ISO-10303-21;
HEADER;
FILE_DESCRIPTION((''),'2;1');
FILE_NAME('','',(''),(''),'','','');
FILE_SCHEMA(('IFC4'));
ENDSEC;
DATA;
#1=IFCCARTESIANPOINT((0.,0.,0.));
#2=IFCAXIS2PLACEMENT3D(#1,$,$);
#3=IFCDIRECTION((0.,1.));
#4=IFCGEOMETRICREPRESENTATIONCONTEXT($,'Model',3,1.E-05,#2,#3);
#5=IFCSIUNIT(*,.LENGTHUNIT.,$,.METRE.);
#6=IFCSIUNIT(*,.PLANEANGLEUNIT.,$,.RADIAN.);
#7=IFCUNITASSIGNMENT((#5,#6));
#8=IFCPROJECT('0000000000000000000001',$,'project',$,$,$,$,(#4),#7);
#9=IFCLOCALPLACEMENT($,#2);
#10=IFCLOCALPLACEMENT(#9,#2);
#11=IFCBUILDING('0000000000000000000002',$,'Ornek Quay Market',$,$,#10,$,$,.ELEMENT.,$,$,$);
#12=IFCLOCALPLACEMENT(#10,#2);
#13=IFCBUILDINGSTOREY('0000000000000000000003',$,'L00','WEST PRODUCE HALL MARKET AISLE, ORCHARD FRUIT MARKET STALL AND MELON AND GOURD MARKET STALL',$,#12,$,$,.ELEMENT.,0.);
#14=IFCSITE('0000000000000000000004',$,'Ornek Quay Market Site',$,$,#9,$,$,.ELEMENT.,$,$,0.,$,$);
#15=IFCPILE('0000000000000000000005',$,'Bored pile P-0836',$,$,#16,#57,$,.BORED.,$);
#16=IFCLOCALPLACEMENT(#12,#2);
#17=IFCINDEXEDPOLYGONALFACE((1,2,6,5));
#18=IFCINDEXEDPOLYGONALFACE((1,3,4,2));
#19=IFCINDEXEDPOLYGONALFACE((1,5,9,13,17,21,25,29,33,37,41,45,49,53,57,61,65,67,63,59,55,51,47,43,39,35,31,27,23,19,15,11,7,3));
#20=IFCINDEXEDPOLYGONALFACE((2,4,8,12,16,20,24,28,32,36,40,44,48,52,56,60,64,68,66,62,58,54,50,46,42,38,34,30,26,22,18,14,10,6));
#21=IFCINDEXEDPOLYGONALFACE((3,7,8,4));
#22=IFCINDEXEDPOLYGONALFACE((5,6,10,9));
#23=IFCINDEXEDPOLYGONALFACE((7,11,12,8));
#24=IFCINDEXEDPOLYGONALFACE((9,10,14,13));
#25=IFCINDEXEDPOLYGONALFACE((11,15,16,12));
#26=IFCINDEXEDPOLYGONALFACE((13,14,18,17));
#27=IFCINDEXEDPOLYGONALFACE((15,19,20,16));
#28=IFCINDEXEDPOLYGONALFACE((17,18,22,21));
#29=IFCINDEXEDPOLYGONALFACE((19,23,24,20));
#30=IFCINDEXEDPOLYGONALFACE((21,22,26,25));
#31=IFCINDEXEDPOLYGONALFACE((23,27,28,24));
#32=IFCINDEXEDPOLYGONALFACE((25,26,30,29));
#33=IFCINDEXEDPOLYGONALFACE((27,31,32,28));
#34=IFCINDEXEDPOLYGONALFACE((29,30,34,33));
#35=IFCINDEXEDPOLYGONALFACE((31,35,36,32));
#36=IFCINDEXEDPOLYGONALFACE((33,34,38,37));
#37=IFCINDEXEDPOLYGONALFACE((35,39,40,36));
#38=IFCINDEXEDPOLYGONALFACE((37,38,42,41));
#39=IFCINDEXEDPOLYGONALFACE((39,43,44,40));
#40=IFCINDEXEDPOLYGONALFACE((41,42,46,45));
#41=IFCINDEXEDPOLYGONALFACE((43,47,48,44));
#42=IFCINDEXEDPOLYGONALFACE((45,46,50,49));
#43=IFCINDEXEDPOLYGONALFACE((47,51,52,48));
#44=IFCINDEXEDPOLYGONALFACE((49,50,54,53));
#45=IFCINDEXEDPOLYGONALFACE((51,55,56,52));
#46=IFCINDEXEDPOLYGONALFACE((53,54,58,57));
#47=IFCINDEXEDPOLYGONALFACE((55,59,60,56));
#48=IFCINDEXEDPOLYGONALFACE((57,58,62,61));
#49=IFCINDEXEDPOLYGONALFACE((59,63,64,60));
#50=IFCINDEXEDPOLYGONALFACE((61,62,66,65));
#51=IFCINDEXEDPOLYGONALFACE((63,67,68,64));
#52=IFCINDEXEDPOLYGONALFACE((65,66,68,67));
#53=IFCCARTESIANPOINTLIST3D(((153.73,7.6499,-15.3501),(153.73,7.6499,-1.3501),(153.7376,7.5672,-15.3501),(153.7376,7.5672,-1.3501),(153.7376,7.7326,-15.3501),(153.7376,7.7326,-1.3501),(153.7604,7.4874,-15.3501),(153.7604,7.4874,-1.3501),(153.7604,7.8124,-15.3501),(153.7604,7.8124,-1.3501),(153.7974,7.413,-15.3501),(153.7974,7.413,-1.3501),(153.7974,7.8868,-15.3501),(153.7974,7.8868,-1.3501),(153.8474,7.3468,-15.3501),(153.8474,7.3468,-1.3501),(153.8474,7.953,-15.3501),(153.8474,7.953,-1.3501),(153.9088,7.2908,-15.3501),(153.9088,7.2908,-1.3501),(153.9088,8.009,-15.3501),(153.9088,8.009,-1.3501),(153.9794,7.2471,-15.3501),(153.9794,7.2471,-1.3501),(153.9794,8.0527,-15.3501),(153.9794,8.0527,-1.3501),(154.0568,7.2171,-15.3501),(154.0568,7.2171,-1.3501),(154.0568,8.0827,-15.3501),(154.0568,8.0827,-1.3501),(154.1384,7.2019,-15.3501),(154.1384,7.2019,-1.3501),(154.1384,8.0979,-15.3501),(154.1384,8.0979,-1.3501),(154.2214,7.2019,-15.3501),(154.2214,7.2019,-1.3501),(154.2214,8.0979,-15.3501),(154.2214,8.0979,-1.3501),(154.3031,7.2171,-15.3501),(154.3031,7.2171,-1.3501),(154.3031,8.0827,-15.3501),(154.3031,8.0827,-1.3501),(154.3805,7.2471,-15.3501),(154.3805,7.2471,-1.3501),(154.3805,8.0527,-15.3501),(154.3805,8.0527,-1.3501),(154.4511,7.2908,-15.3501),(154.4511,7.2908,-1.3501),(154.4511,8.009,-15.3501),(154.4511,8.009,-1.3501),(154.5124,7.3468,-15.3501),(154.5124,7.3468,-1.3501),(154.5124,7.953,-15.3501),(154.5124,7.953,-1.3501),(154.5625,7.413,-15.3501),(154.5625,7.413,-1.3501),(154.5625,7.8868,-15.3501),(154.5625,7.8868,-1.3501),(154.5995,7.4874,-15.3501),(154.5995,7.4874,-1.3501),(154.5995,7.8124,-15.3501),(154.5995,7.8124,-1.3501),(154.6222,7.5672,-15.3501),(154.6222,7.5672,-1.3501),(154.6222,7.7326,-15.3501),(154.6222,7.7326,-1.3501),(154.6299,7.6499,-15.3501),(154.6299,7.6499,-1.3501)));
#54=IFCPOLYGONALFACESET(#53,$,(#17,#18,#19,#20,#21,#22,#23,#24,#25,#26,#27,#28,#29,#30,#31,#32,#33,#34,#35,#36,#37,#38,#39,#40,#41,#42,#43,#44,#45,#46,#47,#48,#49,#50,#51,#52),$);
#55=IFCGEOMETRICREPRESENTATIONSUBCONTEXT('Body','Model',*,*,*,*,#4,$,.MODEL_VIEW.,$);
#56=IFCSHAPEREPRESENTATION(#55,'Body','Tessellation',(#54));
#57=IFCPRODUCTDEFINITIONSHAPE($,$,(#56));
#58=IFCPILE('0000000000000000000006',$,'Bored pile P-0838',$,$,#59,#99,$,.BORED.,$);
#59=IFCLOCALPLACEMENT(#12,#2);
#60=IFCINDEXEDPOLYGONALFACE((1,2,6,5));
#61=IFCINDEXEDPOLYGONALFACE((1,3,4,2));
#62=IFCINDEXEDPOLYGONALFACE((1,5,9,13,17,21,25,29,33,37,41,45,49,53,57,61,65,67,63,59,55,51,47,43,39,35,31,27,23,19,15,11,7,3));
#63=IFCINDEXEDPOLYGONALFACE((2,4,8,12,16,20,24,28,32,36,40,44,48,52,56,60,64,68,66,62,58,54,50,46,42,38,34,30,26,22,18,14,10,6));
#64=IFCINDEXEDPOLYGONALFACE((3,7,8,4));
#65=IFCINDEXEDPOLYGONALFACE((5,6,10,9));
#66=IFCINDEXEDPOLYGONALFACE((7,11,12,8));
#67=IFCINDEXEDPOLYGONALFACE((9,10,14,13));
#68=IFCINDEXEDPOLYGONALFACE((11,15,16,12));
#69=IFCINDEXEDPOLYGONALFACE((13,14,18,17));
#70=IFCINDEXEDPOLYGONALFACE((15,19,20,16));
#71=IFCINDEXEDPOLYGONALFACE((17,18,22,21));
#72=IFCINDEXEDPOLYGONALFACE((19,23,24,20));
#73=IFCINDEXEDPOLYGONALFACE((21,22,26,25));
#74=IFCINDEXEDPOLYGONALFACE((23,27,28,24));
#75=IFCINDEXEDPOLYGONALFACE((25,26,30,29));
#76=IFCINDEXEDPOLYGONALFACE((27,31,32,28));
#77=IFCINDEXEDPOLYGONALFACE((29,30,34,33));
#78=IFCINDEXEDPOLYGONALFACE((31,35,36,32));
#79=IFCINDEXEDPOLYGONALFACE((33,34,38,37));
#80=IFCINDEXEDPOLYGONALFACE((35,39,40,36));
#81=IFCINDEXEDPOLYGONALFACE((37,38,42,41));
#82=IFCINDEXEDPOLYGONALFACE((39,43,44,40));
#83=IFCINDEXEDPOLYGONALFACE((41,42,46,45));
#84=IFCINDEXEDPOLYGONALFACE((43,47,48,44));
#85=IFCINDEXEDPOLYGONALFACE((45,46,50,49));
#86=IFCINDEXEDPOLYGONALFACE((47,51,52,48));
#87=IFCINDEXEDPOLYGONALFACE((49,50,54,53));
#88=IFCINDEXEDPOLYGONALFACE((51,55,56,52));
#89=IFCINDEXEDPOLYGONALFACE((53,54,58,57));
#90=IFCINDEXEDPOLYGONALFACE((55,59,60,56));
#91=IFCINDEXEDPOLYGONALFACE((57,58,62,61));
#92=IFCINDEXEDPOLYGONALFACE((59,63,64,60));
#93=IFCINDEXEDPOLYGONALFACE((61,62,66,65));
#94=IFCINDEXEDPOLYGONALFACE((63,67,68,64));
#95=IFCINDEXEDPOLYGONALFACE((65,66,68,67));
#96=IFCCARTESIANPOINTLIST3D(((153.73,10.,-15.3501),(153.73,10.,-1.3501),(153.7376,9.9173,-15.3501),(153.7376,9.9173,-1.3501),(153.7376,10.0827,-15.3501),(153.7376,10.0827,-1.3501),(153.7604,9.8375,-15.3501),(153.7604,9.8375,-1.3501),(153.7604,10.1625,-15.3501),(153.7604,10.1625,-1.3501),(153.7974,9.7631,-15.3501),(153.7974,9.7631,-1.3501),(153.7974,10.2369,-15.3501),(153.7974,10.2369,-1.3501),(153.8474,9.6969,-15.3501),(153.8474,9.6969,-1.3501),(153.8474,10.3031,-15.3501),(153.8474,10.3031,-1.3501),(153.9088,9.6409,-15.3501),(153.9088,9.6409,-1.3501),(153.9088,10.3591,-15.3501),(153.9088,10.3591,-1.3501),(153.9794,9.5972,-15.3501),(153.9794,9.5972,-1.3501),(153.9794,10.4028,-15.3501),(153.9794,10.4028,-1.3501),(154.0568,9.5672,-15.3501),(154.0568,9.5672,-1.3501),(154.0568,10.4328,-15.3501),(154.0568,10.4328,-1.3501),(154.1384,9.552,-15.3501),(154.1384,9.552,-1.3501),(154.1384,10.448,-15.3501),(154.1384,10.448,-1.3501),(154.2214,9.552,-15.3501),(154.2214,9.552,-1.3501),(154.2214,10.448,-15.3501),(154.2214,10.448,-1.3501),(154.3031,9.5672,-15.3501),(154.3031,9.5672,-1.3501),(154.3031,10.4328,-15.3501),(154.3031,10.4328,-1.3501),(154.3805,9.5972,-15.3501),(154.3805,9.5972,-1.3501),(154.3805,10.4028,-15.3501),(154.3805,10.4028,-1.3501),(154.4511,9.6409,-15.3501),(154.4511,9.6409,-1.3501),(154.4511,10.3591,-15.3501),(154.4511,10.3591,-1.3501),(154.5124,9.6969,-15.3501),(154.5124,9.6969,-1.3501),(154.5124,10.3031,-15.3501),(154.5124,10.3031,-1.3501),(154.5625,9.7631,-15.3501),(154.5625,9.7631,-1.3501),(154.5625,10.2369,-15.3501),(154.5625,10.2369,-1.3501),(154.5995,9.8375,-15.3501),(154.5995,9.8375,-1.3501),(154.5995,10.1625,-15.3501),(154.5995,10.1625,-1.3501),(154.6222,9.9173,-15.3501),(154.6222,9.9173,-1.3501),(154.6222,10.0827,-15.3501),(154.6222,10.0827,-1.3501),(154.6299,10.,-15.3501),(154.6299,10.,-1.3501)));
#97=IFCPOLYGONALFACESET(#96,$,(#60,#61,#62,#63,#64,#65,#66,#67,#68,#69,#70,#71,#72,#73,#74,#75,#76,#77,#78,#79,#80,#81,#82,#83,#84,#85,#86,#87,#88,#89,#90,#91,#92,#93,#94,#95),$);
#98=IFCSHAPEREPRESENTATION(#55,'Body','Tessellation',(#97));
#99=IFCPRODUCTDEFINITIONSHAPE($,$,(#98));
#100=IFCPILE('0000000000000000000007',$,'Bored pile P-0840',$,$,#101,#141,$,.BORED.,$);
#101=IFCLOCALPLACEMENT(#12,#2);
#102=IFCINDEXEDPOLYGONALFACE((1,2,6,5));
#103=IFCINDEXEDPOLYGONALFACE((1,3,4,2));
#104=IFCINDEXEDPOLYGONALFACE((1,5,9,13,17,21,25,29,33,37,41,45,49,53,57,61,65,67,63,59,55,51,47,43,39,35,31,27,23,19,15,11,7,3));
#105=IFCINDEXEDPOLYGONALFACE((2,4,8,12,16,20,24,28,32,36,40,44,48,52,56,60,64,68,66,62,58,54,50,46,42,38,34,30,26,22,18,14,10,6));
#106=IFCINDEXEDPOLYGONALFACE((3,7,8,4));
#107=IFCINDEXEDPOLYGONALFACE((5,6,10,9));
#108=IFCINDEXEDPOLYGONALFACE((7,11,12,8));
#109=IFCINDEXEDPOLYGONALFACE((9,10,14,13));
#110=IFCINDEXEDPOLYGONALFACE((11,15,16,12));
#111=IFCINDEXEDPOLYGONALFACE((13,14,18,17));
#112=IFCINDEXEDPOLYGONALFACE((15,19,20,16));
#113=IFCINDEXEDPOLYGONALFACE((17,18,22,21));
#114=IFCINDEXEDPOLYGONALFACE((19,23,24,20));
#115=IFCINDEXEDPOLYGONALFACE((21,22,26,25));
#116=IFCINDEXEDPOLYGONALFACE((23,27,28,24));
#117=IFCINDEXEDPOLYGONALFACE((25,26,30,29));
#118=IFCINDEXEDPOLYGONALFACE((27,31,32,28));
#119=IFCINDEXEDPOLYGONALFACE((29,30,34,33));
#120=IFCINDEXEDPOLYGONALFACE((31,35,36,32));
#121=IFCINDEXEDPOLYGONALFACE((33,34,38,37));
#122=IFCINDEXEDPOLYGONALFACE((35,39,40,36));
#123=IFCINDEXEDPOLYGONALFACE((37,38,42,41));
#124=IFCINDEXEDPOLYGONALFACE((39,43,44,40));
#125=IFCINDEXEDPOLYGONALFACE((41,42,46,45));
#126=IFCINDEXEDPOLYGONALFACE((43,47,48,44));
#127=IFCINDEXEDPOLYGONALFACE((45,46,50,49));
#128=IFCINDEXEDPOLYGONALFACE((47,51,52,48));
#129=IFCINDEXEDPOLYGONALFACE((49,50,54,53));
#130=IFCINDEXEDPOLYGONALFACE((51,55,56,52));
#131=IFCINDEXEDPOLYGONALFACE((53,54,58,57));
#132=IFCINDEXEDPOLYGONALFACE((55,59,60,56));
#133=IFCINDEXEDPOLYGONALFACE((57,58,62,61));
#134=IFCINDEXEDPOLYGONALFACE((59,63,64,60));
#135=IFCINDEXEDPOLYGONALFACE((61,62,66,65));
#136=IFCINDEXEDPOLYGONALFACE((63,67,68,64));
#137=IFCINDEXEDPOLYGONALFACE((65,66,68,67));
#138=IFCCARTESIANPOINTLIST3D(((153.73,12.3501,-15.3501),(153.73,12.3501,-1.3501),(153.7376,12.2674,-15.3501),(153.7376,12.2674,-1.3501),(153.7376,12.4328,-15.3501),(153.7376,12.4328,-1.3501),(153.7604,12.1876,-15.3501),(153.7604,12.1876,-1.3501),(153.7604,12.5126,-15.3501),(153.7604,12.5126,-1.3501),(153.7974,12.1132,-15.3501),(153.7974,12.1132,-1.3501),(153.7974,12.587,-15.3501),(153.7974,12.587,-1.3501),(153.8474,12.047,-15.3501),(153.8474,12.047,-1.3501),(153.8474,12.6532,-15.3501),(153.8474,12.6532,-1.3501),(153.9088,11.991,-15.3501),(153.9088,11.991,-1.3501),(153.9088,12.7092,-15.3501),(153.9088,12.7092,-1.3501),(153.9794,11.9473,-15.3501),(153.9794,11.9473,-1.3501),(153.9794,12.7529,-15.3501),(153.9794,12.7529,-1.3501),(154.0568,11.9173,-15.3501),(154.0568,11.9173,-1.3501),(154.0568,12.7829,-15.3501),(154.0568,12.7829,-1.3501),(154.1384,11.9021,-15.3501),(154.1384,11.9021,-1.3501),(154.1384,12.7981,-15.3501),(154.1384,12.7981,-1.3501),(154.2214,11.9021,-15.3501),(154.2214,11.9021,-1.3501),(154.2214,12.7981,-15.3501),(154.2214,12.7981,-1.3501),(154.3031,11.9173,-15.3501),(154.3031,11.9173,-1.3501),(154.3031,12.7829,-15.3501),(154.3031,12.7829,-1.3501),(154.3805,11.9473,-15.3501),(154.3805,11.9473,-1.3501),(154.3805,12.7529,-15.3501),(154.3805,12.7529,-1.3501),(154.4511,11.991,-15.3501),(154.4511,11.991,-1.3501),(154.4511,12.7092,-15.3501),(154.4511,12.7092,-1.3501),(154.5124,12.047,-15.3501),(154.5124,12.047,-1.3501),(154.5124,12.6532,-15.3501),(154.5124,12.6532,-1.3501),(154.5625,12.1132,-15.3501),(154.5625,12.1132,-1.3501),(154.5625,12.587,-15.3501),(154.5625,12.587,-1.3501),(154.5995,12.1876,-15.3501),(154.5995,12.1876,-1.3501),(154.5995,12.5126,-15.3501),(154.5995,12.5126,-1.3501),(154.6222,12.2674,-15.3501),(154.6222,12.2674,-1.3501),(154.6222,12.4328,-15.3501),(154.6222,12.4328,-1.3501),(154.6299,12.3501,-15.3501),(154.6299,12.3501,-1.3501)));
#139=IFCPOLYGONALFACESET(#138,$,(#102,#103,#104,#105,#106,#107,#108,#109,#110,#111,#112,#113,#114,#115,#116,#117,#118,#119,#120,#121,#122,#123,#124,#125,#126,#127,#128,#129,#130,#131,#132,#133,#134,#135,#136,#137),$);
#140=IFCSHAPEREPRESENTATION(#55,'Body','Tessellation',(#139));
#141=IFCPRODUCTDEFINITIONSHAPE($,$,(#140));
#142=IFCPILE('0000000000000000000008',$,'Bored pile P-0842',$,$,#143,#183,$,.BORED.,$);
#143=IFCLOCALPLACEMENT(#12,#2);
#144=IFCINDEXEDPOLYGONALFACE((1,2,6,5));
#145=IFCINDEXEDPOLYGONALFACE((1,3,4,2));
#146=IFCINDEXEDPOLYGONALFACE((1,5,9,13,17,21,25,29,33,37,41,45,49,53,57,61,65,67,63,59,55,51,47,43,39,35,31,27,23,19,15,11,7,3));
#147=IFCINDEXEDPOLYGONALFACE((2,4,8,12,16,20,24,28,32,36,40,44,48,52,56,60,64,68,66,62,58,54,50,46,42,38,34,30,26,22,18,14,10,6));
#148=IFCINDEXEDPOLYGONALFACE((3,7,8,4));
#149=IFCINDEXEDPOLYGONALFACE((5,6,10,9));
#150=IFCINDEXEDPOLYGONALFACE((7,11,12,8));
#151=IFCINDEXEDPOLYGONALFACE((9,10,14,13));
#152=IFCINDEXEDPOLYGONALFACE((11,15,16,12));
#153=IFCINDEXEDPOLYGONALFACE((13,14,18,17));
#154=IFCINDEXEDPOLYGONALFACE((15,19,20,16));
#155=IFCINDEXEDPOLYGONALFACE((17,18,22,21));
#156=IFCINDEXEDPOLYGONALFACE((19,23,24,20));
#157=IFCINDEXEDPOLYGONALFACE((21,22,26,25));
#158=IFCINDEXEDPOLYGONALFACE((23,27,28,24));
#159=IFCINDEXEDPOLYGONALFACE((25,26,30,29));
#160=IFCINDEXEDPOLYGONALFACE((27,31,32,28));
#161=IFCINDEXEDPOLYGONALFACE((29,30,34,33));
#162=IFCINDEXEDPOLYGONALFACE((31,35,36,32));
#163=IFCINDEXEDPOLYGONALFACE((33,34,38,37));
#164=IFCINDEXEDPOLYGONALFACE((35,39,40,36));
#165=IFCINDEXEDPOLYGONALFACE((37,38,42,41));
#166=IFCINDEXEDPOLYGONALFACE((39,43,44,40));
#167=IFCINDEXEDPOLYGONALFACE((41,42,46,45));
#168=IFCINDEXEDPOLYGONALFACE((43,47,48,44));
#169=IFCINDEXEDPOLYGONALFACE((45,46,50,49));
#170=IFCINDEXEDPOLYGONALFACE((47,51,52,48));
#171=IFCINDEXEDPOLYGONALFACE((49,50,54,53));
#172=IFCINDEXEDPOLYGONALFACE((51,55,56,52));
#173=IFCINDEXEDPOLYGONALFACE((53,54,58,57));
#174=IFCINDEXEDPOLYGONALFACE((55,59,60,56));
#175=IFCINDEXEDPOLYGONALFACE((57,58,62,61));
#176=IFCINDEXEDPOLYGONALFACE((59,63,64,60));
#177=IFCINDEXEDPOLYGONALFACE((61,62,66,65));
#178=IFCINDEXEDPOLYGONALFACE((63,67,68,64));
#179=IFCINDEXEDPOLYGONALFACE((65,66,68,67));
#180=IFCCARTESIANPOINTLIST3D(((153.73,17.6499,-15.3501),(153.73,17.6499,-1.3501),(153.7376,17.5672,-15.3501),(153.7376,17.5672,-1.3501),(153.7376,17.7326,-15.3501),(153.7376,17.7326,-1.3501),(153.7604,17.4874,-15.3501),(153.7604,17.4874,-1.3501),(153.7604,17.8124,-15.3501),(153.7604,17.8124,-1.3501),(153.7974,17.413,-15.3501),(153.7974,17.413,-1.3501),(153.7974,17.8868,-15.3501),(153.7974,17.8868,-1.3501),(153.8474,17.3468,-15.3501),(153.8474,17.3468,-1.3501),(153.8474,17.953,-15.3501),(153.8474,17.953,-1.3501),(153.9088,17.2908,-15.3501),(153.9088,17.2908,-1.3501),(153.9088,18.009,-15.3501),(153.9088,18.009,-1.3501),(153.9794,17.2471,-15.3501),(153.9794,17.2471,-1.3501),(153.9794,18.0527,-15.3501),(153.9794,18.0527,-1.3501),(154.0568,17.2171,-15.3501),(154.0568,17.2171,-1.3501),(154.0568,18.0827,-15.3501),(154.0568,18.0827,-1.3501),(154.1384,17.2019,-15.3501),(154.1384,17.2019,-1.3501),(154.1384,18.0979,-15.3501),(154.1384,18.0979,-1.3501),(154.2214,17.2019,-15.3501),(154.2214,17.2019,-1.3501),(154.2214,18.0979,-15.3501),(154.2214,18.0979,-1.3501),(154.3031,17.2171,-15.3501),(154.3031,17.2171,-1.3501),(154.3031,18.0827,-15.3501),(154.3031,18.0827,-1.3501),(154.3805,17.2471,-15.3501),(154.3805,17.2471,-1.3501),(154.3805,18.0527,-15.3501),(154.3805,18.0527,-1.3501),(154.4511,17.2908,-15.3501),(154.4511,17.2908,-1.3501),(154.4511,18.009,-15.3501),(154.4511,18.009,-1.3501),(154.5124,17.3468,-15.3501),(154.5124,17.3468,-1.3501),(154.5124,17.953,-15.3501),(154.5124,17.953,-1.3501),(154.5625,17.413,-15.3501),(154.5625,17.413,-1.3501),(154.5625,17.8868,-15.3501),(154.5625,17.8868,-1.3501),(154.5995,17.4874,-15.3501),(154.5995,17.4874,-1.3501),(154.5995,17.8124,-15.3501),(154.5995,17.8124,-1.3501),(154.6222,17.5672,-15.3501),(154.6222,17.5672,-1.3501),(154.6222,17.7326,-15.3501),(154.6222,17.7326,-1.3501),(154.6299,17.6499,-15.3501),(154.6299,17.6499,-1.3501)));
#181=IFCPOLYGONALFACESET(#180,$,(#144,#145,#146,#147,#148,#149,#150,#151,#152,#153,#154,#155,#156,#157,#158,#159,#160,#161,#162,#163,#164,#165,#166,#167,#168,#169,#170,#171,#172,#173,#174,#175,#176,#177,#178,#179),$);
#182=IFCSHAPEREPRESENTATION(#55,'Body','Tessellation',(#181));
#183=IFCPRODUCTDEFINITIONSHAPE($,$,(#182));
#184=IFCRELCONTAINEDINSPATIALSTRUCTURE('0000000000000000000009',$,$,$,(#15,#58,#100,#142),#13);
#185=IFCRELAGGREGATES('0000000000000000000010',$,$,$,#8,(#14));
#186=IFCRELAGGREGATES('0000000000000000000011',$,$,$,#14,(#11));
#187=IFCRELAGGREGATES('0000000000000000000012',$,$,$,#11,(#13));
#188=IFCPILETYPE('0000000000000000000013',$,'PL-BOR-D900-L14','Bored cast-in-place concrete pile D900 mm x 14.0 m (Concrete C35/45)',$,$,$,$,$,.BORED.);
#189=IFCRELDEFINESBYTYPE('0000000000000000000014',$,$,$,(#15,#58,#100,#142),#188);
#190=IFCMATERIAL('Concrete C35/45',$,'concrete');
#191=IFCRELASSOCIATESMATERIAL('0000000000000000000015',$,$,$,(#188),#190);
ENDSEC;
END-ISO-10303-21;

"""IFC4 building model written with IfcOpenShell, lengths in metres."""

from ifc_helpers import new_model, si_unit, direction, frame, origin, origin_2d, place, context, subcontext, project, spatial, circle, extrude, material, material_profile, profile_set, type_object, element, save


model = new_model("IFC4")

# Units and contexts
model_context = context("Model", 3, precision=1e-05, world=origin(), true_north=direction((0.0, 1.0)))
body_context = subcontext(model_context, "Body", "Model", "MODEL_VIEW")
ifc_project = project(units=[si_unit("LENGTHUNIT", "METRE"), si_unit("PLANEANGLEUNIT", "RADIAN")], contexts=[model_context])

# Site, building, storey
site_placement = place(None, origin())
site = spatial("IfcSite", under=ifc_project, at=site_placement, Name="Ornek Quay Market Site", CompositionType="ELEMENT", RefElevation=0.0)
building_placement = place(site_placement, origin())
building = spatial("IfcBuilding", under=site, at=building_placement, Name="Ornek Quay Market", CompositionType="ELEMENT")
storey_placement = place(building_placement, origin())
storey = spatial("IfcBuildingStorey", under=building, at=storey_placement, Name="L00", Description="WEST PRODUCE HALL MARKET AISLE, ORCHARD FRUIT MARKET STALL AND MELON AND GOURD MARKET STALL", CompositionType="ELEMENT", Elevation=0.0)

# Piles
ifc_material_1 = material(Name="Concrete C35/45", Category="concrete")
ifc_material_profile_1 = material_profile(ifc_material_1, circle(Radius=0.45, at=origin_2d()), Name="PILE D900", Category="concrete")
ifc_profile_set_1 = profile_set([ifc_material_profile_1], Name="Concrete C35/45")
pile_type = type_object("IfcPileType", Name="PL-BOR-D900-L14", Description="Bored cast-in-place concrete pile D900 mm x 14.0 m (Concrete C35/45)", PredefinedType="BORED", material=ifc_profile_set_1)
for number, where, z_axis, x_axis, name in (
    (1, (154.1799, 7.6499, -1.3501), (0.0, 0.0, -1.0), (1.0, 0.0, 0.0), "Bored pile P-0836"),
    (2, (154.1799, 10.0, -1.3501), (0.0, 0.0, -1.0), (1.0, 0.0, 0.0), "Bored pile P-0838"),
    (3, (154.1799, 12.3501, -1.3501), (0.0, 0.0, -1.0), (1.0, 0.0, 0.0), "Bored pile P-0840"),
    (4, (154.1799, 17.6499, -1.3501), (0.0, 0.0, -1.0), (1.0, 0.0, 0.0), "Bored pile P-0842"),
):
    element("IfcPile", number, at=place(storey_placement, frame(where, z_axis=z_axis, x_axis=x_axis)), inside=storey, type_object=pile_type, Name=name, PredefinedType="BORED", context=body_context, shape_type="SweptSolid", body=[
        extrude(circle(Radius=0.45, at=origin_2d()), origin(), (0.0, 0.0, 1.0), 14.0),
    ])

save(model, "model.ifc")
